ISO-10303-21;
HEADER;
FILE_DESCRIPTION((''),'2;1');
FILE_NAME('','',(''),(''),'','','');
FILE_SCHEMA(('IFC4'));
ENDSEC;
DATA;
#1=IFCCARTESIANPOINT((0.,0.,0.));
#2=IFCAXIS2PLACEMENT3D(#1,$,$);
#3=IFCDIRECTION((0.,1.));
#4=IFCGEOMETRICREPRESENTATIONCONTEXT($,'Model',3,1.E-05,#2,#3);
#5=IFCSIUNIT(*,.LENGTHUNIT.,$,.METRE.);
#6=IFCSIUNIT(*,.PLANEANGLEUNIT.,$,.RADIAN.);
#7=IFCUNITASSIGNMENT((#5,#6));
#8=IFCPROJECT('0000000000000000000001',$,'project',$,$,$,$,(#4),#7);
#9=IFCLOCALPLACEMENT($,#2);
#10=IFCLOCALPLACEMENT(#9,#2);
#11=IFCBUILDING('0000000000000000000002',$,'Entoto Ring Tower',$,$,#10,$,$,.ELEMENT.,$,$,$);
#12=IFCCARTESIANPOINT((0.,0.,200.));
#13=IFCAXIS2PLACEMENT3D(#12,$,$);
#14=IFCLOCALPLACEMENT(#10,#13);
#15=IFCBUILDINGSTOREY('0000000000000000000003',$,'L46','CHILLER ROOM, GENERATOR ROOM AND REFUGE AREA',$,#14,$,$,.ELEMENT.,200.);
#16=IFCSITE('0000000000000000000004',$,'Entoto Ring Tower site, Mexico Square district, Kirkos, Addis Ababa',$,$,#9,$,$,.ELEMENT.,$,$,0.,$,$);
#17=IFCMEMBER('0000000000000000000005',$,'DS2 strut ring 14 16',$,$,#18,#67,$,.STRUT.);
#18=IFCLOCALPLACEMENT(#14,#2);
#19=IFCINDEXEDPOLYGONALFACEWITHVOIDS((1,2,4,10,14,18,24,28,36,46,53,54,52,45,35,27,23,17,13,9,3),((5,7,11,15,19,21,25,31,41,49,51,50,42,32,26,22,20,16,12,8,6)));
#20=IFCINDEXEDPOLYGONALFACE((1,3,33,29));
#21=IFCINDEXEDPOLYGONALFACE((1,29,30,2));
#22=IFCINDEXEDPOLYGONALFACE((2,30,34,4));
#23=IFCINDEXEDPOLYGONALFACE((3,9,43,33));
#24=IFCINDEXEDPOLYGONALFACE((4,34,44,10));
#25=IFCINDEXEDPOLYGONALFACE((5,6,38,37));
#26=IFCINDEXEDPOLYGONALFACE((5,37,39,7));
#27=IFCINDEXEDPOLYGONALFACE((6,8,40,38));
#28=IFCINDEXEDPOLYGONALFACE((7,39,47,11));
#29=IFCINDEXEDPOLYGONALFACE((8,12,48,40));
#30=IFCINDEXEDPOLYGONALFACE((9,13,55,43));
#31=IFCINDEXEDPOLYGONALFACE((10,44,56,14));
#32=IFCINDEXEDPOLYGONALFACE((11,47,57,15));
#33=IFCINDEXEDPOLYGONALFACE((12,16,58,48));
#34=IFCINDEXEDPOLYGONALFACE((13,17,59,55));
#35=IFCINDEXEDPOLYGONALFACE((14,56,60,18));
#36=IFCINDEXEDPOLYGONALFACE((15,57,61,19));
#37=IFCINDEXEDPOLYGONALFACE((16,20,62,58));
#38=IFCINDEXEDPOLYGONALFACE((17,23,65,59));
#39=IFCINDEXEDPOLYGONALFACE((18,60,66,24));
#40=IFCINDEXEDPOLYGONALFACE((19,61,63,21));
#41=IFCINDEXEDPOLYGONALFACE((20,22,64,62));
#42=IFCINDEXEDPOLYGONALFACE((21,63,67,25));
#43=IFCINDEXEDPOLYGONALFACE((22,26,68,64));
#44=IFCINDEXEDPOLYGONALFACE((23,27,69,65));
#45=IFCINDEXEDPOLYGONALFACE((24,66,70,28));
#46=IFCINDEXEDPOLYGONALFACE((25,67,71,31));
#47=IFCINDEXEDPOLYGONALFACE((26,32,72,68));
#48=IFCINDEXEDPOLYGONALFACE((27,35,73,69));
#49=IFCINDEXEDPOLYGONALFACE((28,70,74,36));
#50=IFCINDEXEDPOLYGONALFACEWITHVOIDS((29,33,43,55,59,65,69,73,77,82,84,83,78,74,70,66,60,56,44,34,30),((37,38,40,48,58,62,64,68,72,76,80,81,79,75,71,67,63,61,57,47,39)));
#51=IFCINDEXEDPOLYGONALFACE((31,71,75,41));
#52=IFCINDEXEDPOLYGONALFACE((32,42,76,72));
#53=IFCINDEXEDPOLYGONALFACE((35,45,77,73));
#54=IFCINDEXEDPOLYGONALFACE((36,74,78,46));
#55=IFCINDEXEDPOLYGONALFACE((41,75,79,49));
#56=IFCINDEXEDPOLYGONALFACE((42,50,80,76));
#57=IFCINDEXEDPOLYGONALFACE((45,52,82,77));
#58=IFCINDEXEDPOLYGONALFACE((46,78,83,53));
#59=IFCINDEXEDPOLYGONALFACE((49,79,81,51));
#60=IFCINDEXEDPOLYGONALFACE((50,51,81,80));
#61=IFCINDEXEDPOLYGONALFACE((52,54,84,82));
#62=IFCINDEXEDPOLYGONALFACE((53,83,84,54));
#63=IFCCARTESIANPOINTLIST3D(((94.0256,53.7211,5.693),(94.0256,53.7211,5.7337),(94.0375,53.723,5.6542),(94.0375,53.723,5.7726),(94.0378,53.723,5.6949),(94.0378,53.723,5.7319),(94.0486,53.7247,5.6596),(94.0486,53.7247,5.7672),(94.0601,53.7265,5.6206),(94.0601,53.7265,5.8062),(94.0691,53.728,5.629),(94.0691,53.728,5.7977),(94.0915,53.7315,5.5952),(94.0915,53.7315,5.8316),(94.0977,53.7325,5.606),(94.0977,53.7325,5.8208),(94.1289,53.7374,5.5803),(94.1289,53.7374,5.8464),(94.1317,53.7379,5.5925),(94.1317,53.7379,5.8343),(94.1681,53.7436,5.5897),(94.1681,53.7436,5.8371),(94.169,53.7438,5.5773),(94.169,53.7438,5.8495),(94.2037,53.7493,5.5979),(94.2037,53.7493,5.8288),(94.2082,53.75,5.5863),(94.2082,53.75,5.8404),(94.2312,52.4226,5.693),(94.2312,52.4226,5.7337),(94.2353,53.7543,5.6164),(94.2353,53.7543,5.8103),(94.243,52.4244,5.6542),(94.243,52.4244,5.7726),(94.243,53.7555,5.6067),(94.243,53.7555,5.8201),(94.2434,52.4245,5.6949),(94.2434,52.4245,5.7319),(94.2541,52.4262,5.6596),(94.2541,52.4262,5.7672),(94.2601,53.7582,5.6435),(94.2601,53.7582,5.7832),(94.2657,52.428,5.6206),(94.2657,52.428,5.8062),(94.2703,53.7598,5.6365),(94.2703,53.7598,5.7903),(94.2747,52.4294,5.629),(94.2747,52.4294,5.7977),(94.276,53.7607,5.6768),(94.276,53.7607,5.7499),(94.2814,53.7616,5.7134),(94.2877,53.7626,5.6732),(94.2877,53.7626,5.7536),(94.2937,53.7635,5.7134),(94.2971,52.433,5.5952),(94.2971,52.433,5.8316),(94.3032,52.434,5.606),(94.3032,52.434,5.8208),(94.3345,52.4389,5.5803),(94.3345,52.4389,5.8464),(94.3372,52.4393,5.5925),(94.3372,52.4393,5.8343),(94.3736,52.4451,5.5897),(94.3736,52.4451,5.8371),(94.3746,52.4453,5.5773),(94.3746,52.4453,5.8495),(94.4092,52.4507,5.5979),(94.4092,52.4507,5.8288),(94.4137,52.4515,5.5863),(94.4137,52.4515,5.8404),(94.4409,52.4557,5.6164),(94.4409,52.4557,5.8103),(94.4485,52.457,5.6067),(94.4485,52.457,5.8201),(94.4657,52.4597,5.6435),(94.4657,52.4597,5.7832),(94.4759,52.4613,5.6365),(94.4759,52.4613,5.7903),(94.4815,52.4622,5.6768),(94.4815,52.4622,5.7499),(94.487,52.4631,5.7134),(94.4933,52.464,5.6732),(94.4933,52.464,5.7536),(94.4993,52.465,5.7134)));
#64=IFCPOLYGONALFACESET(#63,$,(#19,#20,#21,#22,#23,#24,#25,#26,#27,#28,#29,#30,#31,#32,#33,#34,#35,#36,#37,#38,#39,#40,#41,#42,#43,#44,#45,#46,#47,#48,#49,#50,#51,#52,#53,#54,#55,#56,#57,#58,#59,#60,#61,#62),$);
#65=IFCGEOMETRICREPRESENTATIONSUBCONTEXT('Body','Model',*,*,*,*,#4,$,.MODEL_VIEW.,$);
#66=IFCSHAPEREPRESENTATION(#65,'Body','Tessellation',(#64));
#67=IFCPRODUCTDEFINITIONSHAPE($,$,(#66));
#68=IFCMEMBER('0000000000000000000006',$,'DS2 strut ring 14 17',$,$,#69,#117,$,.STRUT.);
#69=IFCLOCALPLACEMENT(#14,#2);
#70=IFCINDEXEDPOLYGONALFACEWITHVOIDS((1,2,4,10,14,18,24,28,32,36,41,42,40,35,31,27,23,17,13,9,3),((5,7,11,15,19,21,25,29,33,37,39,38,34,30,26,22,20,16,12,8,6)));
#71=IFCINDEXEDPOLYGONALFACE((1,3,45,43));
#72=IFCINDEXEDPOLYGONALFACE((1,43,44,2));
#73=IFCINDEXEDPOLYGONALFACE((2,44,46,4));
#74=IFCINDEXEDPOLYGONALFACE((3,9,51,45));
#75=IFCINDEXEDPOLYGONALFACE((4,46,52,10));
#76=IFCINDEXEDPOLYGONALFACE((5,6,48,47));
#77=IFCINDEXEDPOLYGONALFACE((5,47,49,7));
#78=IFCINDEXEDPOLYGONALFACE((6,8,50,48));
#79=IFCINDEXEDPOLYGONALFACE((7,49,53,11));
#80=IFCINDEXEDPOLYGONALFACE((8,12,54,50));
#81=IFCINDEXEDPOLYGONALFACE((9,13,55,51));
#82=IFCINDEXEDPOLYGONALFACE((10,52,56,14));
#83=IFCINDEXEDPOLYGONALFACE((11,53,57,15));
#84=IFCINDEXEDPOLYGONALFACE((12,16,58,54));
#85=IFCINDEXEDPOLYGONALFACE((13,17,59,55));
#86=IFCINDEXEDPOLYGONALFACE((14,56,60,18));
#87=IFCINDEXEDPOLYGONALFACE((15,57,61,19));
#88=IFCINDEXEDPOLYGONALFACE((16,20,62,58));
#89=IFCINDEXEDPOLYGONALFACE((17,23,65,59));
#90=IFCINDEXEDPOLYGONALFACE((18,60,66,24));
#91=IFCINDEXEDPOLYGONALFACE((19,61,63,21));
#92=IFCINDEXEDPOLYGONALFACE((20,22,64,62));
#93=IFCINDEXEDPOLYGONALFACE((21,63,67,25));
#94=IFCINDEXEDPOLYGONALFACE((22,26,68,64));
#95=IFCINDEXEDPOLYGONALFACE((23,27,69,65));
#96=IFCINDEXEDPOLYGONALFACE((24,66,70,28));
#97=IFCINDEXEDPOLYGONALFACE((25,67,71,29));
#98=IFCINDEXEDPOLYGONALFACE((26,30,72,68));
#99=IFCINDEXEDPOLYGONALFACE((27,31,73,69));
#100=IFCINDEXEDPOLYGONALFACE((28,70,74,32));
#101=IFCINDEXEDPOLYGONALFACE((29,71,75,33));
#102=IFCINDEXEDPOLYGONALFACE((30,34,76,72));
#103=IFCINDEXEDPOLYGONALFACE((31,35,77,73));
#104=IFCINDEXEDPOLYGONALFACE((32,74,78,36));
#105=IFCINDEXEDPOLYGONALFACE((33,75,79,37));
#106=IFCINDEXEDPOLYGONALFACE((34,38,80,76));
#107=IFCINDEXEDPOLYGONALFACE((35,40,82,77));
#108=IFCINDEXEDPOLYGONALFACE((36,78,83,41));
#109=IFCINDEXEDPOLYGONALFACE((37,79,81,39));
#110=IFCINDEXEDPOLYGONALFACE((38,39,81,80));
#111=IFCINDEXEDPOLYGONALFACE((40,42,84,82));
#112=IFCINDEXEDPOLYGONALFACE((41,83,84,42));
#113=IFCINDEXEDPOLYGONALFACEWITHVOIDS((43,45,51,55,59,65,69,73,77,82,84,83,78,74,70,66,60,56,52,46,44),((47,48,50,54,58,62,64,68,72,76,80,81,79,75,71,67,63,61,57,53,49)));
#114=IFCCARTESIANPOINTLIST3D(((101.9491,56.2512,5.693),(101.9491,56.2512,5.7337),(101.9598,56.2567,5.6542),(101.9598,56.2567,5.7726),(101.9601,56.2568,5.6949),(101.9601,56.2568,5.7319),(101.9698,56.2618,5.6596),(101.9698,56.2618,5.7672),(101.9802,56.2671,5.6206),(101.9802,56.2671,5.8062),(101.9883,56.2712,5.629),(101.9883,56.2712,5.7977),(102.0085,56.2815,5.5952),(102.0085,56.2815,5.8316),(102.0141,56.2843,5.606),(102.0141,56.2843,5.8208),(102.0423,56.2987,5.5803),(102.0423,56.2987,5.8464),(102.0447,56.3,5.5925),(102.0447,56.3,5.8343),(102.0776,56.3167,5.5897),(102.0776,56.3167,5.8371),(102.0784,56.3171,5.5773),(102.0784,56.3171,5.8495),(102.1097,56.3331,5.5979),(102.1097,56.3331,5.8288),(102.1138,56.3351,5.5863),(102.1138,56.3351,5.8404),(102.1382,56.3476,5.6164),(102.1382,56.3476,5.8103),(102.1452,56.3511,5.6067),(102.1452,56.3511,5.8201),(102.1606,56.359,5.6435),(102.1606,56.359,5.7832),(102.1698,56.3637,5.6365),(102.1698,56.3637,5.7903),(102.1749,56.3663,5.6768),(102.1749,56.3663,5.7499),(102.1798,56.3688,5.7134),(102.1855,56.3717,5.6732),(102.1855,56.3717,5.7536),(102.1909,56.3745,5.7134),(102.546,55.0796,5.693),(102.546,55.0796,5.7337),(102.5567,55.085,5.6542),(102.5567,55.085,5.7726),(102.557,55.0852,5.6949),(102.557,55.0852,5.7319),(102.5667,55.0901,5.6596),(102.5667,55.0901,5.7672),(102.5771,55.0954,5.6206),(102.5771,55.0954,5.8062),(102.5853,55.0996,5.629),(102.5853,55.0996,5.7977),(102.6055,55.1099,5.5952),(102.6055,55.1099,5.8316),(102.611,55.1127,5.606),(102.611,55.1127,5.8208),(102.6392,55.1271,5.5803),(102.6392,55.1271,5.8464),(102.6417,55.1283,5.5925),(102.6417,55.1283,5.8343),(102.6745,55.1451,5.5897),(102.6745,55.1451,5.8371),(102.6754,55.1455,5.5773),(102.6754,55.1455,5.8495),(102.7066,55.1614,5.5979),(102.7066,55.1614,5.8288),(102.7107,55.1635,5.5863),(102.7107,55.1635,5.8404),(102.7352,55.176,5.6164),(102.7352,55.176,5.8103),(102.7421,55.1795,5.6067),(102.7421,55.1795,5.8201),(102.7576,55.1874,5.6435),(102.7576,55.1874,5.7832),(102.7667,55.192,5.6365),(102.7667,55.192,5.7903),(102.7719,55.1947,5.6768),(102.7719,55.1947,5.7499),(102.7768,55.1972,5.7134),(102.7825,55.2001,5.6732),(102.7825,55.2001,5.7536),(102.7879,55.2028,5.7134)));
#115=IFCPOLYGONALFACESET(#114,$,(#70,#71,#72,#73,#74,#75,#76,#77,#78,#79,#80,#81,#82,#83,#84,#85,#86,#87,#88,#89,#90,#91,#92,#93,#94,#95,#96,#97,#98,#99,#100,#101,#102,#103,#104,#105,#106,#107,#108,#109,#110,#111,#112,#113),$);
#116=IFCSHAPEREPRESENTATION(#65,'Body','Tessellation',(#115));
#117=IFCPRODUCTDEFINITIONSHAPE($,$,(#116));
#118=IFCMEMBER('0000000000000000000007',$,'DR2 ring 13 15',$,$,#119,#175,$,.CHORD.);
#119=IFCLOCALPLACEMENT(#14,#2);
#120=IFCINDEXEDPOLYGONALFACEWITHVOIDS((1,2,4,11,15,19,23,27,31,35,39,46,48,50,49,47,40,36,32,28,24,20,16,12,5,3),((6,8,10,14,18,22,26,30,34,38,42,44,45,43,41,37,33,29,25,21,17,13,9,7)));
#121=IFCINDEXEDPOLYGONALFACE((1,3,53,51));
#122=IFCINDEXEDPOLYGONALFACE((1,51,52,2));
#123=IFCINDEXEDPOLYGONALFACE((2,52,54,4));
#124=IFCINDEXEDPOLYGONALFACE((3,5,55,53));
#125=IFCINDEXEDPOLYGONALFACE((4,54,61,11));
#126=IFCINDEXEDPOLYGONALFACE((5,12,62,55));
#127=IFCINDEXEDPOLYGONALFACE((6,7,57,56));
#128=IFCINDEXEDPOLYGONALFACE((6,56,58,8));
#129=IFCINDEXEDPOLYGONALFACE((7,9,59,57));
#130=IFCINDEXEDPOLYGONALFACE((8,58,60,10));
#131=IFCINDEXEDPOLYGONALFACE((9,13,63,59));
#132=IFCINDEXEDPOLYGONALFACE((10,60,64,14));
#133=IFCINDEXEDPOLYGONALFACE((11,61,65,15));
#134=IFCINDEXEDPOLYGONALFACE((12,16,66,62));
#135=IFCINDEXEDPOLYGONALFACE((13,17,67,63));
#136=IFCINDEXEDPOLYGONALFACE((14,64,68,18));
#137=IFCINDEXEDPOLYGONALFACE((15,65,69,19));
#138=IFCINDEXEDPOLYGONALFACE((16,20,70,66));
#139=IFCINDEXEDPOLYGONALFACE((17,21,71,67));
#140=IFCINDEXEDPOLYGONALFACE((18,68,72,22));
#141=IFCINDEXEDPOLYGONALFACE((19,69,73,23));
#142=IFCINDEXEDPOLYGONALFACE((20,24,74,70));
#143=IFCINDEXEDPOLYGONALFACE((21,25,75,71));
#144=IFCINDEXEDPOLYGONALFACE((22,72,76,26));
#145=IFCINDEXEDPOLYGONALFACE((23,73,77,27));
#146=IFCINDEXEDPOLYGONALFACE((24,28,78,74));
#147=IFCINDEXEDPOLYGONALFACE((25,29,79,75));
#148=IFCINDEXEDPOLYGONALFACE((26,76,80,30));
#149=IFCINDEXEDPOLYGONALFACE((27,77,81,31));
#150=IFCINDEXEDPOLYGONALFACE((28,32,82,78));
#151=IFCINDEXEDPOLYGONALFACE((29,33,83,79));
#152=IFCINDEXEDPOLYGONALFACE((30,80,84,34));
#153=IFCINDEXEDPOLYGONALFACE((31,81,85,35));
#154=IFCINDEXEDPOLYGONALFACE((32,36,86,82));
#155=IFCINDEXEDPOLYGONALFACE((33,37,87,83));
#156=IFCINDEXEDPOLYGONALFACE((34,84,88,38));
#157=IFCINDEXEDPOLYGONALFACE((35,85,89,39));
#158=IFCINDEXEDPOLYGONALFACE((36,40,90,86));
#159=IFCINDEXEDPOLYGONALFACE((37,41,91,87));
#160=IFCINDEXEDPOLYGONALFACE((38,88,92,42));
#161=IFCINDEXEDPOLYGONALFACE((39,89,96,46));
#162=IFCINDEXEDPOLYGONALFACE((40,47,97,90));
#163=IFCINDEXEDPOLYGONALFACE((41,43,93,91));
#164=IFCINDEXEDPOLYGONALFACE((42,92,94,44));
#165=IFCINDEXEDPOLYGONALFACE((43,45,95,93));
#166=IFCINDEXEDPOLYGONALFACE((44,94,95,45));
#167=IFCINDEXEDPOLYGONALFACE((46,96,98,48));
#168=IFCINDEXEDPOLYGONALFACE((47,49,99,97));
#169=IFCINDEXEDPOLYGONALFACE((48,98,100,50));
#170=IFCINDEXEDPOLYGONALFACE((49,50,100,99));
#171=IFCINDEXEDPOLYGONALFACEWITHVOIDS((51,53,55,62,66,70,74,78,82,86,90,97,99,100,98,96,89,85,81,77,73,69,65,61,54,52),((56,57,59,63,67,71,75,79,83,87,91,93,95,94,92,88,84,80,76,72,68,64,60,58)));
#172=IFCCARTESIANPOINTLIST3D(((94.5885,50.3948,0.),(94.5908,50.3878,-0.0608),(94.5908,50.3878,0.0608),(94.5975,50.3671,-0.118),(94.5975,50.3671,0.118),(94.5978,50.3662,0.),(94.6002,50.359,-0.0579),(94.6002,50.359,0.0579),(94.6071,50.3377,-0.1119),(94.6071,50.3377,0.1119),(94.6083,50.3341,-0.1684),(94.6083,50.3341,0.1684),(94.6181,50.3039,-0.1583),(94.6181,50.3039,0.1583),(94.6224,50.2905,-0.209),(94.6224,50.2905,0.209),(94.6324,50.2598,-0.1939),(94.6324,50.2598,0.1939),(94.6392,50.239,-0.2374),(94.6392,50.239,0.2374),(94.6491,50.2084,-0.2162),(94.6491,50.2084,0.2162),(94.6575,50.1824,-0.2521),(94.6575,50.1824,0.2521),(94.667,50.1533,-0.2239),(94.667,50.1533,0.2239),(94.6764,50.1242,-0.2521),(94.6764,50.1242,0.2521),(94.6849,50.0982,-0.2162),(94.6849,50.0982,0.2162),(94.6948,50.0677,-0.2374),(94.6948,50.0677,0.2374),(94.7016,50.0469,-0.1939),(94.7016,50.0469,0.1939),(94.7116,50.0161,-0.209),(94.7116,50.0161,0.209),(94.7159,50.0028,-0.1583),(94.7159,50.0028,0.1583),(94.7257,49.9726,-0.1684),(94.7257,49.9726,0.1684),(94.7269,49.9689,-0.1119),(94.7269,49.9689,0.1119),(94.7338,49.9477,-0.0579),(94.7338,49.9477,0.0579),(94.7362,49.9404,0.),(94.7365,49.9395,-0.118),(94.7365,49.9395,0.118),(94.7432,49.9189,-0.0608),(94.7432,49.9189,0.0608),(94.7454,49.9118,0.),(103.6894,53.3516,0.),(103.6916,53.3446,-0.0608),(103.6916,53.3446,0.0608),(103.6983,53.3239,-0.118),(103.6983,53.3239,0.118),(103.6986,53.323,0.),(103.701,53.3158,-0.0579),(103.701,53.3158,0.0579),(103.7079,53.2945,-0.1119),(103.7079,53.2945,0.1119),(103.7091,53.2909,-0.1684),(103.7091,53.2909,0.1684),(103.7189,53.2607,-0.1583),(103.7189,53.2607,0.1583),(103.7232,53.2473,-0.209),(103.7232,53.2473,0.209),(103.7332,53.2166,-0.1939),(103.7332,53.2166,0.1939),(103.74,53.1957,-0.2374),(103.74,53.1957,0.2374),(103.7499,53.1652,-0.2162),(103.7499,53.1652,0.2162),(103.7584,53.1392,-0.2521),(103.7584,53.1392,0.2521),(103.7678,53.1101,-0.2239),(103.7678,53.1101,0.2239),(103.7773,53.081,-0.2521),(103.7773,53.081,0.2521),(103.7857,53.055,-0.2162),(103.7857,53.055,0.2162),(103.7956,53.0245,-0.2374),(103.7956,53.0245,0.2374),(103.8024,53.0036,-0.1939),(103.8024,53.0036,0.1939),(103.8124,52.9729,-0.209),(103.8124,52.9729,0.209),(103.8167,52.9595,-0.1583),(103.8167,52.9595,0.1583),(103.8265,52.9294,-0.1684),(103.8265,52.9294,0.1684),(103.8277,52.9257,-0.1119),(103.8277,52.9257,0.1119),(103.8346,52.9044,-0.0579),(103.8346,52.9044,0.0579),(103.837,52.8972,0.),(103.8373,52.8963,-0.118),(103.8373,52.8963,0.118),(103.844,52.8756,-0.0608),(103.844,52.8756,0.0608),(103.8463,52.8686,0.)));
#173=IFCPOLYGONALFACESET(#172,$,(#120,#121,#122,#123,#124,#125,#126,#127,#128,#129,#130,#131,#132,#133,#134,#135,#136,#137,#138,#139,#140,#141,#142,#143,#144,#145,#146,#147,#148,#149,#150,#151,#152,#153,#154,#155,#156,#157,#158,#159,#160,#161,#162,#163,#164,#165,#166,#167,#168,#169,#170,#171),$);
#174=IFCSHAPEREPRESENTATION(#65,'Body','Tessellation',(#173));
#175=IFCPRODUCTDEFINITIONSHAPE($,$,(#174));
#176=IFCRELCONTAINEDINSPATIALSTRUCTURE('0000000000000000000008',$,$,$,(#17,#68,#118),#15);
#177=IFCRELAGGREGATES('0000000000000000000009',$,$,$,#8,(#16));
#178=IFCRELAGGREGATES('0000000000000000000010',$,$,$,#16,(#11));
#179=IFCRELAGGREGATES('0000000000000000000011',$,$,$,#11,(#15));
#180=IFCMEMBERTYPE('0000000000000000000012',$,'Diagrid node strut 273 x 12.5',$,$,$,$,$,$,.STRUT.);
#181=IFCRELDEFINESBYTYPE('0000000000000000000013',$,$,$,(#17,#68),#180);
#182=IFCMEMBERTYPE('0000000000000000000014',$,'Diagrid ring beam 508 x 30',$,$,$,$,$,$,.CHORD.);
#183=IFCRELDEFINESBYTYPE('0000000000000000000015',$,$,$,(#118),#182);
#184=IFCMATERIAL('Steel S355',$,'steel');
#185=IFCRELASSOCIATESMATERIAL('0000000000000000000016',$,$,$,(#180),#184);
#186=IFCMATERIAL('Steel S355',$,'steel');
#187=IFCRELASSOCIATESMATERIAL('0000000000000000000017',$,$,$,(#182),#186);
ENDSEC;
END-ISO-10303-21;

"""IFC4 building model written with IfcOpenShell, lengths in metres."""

from ifc_helpers import new_model, si_unit, direction, frame, origin, origin_2d, place, context, subcontext, project, spatial, circle, hollow_circle, extrude, material, material_profile, profile_set, type_object, element, save


model = new_model("IFC4")

# Units and contexts
model_context = context("Model", 3, precision=1e-05, world=origin(), true_north=direction((0.0, 1.0)))
body_context = subcontext(model_context, "Body", "Model", "MODEL_VIEW")
ifc_project = project(units=[si_unit("LENGTHUNIT", "METRE"), si_unit("PLANEANGLEUNIT", "RADIAN")], contexts=[model_context])

# Site, building, storey
site_placement = place(None, origin())
site = spatial("IfcSite", under=ifc_project, at=site_placement, Name="Entoto Ring Tower site, Mexico Square district, Kirkos, Addis Ababa", CompositionType="ELEMENT", RefElevation=0.0)
building_placement = place(site_placement, origin())
building = spatial("IfcBuilding", under=site, at=building_placement, Name="Entoto Ring Tower", CompositionType="ELEMENT")
storey_placement = place(building_placement, frame((0.0, 0.0, 200.0)))
storey = spatial("IfcBuildingStorey", under=building, at=storey_placement, Name="L46", Description="CHILLER ROOM, GENERATOR ROOM AND REFUGE AREA", CompositionType="ELEMENT", Elevation=200.0)

# Members
ifc_material_1 = material(Name="Steel S355", Category="steel")
ifc_material_profile_1 = material_profile(ifc_material_1, hollow_circle(Radius=0.1365, WallThickness=0.0125, at=origin_2d()), Name="CHS 273 x 12.5")
ifc_material_2 = material(Name="Concrete C60/75", Category="concrete")
ifc_material_profile_2 = material_profile(ifc_material_2, circle(Radius=0.124, at=origin_2d()), Name="Concrete C60/75 infill")
ifc_profile_set_1 = profile_set([ifc_material_profile_1, ifc_material_profile_2], Name="Steel S355")
member_type_1 = type_object("IfcMemberType", Name="Diagrid node strut 273 x 12.5", PredefinedType="STRUT", material=ifc_profile_set_1)
member_1_placement = place(storey_placement, frame((94.1589, 53.7422, 5.7134), z_axis=(0.156354, -0.987701, 0.0), x_axis=(0.987701, 0.156354, 0.0)))
element("IfcMember", 1, at=member_1_placement, inside=storey, type_object=member_type_1, Name="DS2 strut ring 14 16", PredefinedType="STRUT", context=body_context, shape_type="SweptSolid", body=[
    extrude(hollow_circle(Radius=0.1365, WallThickness=0.0125, at=origin_2d()), origin(), (0.0, 0.0, 1.0), 1.3147),
])
member_2_placement = place(storey_placement, frame((102.0693, 56.3125, 5.7134), z_axis=(0.453959, -0.891022, 0.0), x_axis=(0.891022, 0.453959, 0.0)))
element("IfcMember", 2, at=member_2_placement, inside=storey, type_object=member_type_1, Name="DS2 strut ring 14 17", PredefinedType="STRUT", context=body_context, shape_type="SweptSolid", body=[
    extrude(hollow_circle(Radius=0.1365, WallThickness=0.0125, at=origin_2d()), origin(), (0.0, 0.0, 1.0), 1.3149),
])
ifc_material_3 = material(Name="Steel S355", Category="steel")
ifc_material_profile_3 = material_profile(ifc_material_3, hollow_circle(Radius=0.2539, WallThickness=0.03, at=origin_2d()), Name="CHS 508 x 30")
ifc_material_4 = material(Name="Concrete C60/75", Category="concrete")
ifc_material_profile_4 = material_profile(ifc_material_4, circle(Radius=0.2241, at=origin_2d()), Name="Concrete C60/75 infill")
ifc_profile_set_2 = profile_set([ifc_material_profile_3, ifc_material_profile_4], Name="Steel S355")
member_type_2 = type_object("IfcMemberType", Name="Diagrid ring beam 508 x 30", PredefinedType="CHORD", material=ifc_profile_set_2)
for number, where, z_axis, x_axis, name in (
    (3, (94.667, 50.1533, 0.0), (0.951064, 0.308993, 0.0), (-0.308993, 0.951064, 0.0), "DR2 ring 13 15"),
):
    element("IfcMember", number, at=place(storey_placement, frame(where, z_axis=z_axis, x_axis=x_axis)), inside=storey, type_object=member_type_2, Name=name, PredefinedType="CHORD", context=body_context, shape_type="SweptSolid", body=[
        extrude(hollow_circle(Radius=0.2539, WallThickness=0.03, at=origin_2d()), origin(), (0.0, 0.0, 1.0), 9.5691),
    ])

save(model, "model.ifc")
